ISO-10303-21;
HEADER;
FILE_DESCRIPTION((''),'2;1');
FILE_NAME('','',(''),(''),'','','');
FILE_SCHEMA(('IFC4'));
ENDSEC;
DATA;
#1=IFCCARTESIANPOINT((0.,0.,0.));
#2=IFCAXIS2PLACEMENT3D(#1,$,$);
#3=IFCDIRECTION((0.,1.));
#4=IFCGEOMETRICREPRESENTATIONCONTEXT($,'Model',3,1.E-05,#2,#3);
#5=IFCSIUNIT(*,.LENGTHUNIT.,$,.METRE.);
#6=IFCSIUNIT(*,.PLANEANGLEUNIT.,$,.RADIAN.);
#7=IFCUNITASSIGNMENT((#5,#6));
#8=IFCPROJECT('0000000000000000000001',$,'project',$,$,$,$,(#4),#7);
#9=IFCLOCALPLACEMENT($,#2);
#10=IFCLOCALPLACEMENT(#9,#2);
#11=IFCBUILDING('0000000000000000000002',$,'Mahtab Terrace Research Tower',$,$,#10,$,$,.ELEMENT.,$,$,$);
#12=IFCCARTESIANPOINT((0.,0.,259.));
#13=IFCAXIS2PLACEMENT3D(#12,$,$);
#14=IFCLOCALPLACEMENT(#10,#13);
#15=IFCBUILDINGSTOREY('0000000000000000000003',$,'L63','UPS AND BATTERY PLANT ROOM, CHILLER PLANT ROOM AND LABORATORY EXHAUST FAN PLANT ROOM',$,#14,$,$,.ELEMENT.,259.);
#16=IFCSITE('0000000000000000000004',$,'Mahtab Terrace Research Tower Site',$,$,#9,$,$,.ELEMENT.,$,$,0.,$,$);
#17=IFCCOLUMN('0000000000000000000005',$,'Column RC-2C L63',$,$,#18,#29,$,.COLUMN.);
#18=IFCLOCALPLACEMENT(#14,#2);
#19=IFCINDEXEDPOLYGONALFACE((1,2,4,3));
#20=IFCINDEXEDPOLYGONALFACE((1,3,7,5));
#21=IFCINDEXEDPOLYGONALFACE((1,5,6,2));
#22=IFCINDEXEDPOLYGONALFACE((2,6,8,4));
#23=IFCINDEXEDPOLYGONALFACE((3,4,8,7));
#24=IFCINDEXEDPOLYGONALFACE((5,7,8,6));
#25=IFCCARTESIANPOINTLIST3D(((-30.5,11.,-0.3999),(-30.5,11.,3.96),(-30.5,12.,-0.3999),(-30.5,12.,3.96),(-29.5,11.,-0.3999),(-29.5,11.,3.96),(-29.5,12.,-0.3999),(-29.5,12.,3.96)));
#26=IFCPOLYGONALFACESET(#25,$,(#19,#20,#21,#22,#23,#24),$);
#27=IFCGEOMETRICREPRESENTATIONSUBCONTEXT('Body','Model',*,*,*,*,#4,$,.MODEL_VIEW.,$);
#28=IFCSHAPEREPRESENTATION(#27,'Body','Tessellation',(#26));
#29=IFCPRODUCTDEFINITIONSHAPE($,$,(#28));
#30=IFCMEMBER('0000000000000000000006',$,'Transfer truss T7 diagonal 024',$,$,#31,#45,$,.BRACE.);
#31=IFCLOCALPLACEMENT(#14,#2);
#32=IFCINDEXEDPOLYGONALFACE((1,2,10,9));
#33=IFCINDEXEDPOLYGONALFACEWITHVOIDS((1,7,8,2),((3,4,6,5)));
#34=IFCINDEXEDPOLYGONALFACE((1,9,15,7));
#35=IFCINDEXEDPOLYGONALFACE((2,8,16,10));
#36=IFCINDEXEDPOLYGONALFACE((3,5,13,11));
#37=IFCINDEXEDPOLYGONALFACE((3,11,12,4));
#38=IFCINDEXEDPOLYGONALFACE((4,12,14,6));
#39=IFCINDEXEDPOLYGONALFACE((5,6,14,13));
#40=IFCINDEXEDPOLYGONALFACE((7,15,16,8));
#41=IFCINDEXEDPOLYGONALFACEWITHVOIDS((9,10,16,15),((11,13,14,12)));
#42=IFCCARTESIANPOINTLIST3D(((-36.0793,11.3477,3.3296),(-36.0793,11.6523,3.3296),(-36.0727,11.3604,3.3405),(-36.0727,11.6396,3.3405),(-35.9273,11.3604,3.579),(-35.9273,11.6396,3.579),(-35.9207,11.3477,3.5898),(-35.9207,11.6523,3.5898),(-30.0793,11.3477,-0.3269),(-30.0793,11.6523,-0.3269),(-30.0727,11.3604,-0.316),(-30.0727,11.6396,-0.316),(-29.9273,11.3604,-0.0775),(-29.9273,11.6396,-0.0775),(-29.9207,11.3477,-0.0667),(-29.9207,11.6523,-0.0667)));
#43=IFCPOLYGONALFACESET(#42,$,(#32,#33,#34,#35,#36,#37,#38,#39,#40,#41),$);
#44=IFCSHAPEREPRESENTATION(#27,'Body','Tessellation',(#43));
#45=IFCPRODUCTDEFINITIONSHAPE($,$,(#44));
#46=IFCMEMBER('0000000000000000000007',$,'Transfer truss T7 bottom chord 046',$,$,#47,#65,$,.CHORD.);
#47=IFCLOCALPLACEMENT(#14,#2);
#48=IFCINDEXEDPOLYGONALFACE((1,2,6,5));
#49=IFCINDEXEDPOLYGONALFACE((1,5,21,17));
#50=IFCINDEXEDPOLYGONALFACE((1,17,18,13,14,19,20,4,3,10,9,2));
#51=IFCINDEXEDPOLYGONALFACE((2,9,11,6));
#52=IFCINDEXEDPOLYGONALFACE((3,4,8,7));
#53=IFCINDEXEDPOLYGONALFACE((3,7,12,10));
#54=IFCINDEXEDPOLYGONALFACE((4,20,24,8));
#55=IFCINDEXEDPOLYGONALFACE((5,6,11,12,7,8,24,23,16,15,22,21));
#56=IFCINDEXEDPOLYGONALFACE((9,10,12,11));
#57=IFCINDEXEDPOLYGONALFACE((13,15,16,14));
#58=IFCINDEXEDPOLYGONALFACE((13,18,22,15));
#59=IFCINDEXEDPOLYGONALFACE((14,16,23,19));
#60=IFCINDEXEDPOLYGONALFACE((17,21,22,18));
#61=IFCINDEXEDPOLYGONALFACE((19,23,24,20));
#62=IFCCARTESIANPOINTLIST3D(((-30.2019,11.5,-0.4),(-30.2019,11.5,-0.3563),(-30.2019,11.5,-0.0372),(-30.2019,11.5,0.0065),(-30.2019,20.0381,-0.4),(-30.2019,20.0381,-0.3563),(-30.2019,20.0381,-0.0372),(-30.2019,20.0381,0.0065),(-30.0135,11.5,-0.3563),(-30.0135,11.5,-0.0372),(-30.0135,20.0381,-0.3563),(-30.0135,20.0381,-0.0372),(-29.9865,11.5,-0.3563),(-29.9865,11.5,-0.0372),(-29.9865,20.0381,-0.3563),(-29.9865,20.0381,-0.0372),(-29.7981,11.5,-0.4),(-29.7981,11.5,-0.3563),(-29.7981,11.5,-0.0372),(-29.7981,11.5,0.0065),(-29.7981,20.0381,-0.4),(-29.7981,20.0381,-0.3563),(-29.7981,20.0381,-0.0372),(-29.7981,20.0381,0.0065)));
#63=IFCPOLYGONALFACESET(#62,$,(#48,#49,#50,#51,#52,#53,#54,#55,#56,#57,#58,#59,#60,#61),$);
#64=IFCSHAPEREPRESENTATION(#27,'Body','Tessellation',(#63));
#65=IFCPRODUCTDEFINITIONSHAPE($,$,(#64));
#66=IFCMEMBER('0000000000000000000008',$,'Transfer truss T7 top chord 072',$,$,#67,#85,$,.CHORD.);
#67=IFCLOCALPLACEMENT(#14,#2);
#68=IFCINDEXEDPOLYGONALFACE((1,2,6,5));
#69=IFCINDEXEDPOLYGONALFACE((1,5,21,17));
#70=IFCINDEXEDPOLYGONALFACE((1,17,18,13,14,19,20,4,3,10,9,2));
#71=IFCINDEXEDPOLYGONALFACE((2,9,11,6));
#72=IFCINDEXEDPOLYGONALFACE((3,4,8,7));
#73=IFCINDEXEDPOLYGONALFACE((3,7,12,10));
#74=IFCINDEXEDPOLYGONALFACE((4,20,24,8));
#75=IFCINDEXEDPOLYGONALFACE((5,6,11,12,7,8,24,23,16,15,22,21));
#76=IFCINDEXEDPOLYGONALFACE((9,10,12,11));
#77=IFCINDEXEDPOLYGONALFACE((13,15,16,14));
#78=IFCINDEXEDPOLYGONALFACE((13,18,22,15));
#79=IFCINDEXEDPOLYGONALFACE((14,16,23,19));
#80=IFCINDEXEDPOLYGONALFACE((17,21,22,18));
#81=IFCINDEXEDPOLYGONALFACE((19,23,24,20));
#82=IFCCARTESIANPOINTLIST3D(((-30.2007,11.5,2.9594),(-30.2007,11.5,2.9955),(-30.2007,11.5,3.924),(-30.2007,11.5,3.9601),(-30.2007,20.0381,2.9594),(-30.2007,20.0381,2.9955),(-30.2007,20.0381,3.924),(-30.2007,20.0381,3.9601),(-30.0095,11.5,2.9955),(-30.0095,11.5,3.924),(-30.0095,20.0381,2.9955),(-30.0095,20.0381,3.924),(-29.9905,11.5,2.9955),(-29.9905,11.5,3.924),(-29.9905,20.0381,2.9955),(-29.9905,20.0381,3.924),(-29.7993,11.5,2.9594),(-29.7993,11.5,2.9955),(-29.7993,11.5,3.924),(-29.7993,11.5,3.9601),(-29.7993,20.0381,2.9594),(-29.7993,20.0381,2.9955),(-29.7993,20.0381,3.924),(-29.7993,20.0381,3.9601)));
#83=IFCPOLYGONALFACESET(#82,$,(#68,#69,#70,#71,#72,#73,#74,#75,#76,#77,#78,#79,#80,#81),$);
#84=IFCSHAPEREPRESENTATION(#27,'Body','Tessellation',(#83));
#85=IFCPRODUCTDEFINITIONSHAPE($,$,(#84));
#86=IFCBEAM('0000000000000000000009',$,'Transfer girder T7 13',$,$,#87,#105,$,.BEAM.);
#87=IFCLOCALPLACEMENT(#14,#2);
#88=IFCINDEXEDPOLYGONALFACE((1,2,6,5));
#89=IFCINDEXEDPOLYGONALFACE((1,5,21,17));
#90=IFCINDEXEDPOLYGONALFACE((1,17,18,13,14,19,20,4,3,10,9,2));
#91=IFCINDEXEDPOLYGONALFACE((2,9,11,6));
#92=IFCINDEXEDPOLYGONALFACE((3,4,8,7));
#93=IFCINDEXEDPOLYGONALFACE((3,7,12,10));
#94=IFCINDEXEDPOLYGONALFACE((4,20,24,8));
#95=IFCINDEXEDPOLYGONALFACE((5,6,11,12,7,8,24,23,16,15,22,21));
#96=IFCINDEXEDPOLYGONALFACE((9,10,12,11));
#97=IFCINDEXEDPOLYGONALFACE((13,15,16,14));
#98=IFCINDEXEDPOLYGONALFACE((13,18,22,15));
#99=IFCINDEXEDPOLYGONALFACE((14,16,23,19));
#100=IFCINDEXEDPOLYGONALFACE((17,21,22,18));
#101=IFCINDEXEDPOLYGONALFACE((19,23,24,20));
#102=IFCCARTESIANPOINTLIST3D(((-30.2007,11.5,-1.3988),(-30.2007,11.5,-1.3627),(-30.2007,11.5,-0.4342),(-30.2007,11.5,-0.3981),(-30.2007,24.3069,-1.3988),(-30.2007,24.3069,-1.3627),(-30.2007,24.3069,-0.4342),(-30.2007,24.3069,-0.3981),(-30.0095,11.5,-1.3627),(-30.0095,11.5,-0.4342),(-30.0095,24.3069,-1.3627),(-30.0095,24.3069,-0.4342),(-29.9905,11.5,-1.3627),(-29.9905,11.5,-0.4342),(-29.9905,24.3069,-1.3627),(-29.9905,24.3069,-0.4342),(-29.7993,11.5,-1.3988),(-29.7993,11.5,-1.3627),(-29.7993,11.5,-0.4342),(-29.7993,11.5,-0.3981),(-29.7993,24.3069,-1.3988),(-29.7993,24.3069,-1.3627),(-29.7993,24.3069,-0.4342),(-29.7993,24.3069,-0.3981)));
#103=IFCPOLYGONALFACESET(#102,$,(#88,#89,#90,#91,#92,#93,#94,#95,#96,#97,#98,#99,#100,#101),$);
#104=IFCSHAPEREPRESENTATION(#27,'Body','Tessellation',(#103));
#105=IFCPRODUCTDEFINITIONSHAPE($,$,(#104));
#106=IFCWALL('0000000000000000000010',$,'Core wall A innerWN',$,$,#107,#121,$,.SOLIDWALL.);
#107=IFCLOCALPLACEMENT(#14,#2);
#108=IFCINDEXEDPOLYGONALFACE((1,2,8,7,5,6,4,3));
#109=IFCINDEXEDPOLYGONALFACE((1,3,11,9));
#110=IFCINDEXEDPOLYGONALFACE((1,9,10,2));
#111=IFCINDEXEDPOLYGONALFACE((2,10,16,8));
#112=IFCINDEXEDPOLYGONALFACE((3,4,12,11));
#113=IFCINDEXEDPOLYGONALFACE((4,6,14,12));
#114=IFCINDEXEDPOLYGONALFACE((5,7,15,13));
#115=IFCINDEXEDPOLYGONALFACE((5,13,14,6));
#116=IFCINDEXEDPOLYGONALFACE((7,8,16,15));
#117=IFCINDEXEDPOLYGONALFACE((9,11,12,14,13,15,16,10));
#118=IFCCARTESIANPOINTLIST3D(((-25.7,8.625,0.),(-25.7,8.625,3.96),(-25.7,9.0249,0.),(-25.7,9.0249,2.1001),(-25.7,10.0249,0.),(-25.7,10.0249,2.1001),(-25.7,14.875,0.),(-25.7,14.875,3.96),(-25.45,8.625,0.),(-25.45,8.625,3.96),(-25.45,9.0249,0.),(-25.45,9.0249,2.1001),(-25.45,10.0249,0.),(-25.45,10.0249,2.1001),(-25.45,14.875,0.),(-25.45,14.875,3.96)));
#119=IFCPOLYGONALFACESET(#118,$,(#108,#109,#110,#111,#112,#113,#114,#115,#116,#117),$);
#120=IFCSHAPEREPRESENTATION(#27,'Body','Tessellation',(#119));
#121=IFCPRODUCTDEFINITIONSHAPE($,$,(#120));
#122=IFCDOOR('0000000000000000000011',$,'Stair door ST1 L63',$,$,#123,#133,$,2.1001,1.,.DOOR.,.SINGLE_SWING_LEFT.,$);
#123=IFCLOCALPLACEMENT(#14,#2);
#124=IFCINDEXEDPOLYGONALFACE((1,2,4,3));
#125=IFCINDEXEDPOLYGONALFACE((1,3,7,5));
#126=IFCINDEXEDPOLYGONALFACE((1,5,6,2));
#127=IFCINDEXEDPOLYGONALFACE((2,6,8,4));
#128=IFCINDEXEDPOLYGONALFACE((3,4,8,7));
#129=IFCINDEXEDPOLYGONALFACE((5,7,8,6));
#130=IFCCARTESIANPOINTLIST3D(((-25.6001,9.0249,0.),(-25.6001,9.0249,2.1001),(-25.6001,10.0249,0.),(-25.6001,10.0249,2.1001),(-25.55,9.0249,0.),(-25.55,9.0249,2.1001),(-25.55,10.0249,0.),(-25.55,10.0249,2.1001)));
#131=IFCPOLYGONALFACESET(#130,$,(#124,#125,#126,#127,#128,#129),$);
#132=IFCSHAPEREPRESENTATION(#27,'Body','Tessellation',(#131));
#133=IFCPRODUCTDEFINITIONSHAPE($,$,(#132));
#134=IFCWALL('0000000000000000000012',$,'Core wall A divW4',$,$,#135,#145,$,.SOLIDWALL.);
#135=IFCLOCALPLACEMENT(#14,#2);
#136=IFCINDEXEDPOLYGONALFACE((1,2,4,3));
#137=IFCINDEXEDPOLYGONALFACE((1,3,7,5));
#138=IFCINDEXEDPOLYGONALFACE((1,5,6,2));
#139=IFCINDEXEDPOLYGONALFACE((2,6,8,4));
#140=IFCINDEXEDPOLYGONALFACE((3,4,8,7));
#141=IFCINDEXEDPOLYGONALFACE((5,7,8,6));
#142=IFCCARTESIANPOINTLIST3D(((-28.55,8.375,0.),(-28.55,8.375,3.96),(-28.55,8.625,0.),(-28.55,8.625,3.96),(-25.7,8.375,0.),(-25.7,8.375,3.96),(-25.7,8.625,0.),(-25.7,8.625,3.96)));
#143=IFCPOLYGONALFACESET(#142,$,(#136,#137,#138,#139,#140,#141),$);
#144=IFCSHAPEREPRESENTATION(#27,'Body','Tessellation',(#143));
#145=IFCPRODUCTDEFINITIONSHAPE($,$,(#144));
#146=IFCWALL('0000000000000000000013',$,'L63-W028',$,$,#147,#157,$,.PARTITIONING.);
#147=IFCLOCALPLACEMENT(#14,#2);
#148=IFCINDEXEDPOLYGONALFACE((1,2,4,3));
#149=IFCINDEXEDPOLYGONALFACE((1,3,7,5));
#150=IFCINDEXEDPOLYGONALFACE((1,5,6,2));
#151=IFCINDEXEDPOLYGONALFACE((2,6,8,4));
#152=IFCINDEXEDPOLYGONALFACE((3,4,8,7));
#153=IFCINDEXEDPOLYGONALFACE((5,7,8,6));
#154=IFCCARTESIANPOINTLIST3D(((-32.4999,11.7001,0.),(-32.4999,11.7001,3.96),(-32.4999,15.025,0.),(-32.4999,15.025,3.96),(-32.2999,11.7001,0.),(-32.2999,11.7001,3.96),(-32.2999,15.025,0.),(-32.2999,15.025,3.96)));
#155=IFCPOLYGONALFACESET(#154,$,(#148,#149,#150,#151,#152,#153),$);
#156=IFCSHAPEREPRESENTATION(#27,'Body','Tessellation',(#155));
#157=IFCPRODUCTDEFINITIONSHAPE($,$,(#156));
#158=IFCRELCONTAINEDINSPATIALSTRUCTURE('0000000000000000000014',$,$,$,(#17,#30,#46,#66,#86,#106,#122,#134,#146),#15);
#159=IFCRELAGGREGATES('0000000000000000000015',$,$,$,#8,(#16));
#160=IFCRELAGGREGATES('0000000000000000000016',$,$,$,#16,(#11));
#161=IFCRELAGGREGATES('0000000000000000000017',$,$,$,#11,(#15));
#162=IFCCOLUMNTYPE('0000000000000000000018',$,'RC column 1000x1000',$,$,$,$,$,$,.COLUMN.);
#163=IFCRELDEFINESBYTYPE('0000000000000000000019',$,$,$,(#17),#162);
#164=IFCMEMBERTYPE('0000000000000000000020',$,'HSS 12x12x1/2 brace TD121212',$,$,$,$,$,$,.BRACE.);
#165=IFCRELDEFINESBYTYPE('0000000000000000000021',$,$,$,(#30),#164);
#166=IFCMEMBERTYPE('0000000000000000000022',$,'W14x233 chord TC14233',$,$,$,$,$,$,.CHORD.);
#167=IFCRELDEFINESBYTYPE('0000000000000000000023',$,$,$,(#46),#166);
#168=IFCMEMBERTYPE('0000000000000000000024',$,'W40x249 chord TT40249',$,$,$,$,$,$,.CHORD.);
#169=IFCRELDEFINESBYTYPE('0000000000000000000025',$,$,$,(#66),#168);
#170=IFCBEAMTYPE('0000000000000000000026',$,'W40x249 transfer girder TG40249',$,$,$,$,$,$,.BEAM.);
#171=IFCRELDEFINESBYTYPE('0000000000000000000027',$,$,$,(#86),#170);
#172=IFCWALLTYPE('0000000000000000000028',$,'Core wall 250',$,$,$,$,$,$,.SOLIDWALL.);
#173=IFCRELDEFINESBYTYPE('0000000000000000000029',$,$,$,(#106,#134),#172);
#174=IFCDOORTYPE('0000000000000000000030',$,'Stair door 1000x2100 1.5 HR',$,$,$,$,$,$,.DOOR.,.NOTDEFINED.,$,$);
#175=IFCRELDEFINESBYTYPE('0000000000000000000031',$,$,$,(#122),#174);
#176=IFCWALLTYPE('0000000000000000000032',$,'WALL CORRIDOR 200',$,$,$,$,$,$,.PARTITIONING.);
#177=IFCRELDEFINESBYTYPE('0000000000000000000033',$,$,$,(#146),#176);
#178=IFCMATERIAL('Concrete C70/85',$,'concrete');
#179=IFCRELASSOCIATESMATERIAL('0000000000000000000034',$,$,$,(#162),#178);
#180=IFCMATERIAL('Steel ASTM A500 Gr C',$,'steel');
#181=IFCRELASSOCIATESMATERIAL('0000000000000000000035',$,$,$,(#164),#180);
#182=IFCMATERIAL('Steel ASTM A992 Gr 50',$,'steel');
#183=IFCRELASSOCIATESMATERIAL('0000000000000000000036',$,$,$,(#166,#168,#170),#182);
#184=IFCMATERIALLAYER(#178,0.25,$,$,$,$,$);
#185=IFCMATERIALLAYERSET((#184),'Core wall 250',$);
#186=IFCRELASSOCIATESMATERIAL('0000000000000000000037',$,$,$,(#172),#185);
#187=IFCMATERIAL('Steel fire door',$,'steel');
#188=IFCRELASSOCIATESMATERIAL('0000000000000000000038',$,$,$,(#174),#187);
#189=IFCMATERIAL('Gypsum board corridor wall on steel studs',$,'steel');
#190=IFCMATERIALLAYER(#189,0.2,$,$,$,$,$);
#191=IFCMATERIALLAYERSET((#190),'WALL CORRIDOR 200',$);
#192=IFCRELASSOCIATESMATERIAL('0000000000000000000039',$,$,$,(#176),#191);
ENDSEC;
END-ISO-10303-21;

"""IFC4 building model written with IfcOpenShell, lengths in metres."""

from ifc_helpers import new_model, si_unit, direction, frame, frame_2d, origin, origin_2d, place, context, subcontext, project, spatial, rectangle, hollow_rectangle, i_section, extrude, material, layer, layer_set, material_profile, profile_set, type_object, element, fill, save


model = new_model("IFC4")

# Units and contexts
model_context = context("Model", 3, precision=1e-05, world=origin(), true_north=direction((0.0, 1.0)))
body_context = subcontext(model_context, "Body", "Model", "MODEL_VIEW")
ifc_project = project(units=[si_unit("LENGTHUNIT", "METRE"), si_unit("PLANEANGLEUNIT", "RADIAN")], contexts=[model_context])

# Site, building, storey
site_placement = place(None, origin())
site = spatial("IfcSite", under=ifc_project, at=site_placement, Name="Mahtab Terrace Research Tower Site", CompositionType="ELEMENT", RefElevation=0.0)
building_placement = place(site_placement, origin())
building = spatial("IfcBuilding", under=site, at=building_placement, Name="Mahtab Terrace Research Tower", CompositionType="ELEMENT")
storey_placement = place(building_placement, frame((0.0, 0.0, 259.0)))
storey = spatial("IfcBuildingStorey", under=building, at=storey_placement, Name="L63", Description="UPS AND BATTERY PLANT ROOM, CHILLER PLANT ROOM AND LABORATORY EXHAUST FAN PLANT ROOM", CompositionType="ELEMENT", Elevation=259.0)

# Column
ifc_material_1 = material(Name="Concrete C70/85", Category="concrete")
ifc_material_profile_1 = material_profile(ifc_material_1, rectangle(XDim=1.0, YDim=1.0, at=origin_2d()), Name="RC column 1000x1000")
ifc_profile_set_1 = profile_set([ifc_material_profile_1], Name="Concrete C70/85")
column_type = type_object("IfcColumnType", Name="RC column 1000x1000", PredefinedType="COLUMN", material=ifc_profile_set_1)
column_placement = place(storey_placement, frame((-30.0, 11.5, -0.3999), z_axis=(0.0, 0.0, 1.0), x_axis=(1.0, 0.0, 0.0)))
element("IfcColumn", 1, at=column_placement, inside=storey, type_object=column_type, Name="Column RC-2C L63", PredefinedType="COLUMN", context=body_context, shape_type="SweptSolid", body=[
    extrude(rectangle(XDim=1.0, YDim=1.0, at=origin_2d()), origin(), (0.0, 0.0, 1.0), 4.3599),
])

# Members
ifc_material_2 = material(Name="Steel ASTM A500 Gr C", Category="steel")
ifc_material_profile_2 = material_profile(ifc_material_2, hollow_rectangle(XDim=0.3047, YDim=0.3047, WallThickness=0.0127, at=origin_2d()), Name="HSS12X12X1/2")
ifc_profile_set_2 = profile_set([ifc_material_profile_2], Name="Steel ASTM A500 Gr C")
member_type_1 = type_object("IfcMemberType", Name="HSS 12x12x1/2 brace TD121212", PredefinedType="BRACE", material=ifc_profile_set_2)
member_1_placement = place(storey_placement, frame((-30.0, 11.5, -0.1968), z_axis=(-0.853925, 0.0, 0.520396), x_axis=(0.0, -1.0, 0.0)))
element("IfcMember", 2, at=member_1_placement, inside=storey, type_object=member_type_1, Name="Transfer truss T7 diagonal 024", PredefinedType="BRACE", context=body_context, shape_type="SweptSolid", body=[
    extrude(hollow_rectangle(XDim=0.3047, YDim=0.3047, WallThickness=0.0127, at=origin_2d()), origin(), (0.0, 0.0, 1.0), 7.0264),
])
ifc_material_3 = material(Name="Steel ASTM A992 Gr 50", Category="steel")
ifc_material_profile_3 = material_profile(ifc_material_3, i_section(OverallWidth=0.4038, OverallDepth=0.4065, WebThickness=0.0271, FlangeThickness=0.0437, at=origin_2d()), Name="W14X233")
ifc_profile_set_3 = profile_set([ifc_material_profile_3], Name="Steel ASTM A992 Gr 50")
member_type_2 = type_object("IfcMemberType", Name="W14x233 chord TC14233", PredefinedType="CHORD", material=ifc_profile_set_3)
member_2_placement = place(storey_placement, frame((-30.0, 11.5, -0.1968), z_axis=(0.0, 1.0, 0.0), x_axis=(-1.0, 0.0, 0.0)))
element("IfcMember", 3, at=member_2_placement, inside=storey, type_object=member_type_2, Name="Transfer truss T7 bottom chord 046", PredefinedType="CHORD", context=body_context, shape_type="SweptSolid", body=[
    extrude(i_section(OverallWidth=0.4038, OverallDepth=0.4065, WebThickness=0.0271, FlangeThickness=0.0437, at=origin_2d()), origin(), (0.0, 0.0, 1.0), 8.5381),
])
ifc_material_profile_4 = material_profile(ifc_material_3, i_section(OverallWidth=0.4014, OverallDepth=1.0007, WebThickness=0.019, FlangeThickness=0.0361, at=origin_2d()), Name="W40X249")
ifc_profile_set_4 = profile_set([ifc_material_profile_4], Name="Steel ASTM A992 Gr 50")
member_type_3 = type_object("IfcMemberType", Name="W40x249 chord TT40249", PredefinedType="CHORD", material=ifc_profile_set_4)
member_3_placement = place(storey_placement, frame((-30.0, 11.5, 3.4597), z_axis=(0.0, 1.0, 0.0), x_axis=(-1.0, 0.0, 0.0)))
element("IfcMember", 4, at=member_3_placement, inside=storey, type_object=member_type_3, Name="Transfer truss T7 top chord 072", PredefinedType="CHORD", context=body_context, shape_type="SweptSolid", body=[
    extrude(i_section(OverallWidth=0.4014, OverallDepth=1.0007, WebThickness=0.019, FlangeThickness=0.0361, at=origin_2d()), origin(), (0.0, 0.0, 1.0), 8.5381),
])

# Beam
ifc_material_profile_5 = material_profile(ifc_material_3, i_section(OverallWidth=0.4014, OverallDepth=1.0007, WebThickness=0.019, FlangeThickness=0.0361, at=origin_2d()), Name="W40X249")
ifc_profile_set_5 = profile_set([ifc_material_profile_5], Name="Steel ASTM A992 Gr 50")
beam_type = type_object("IfcBeamType", Name="W40x249 transfer girder TG40249", PredefinedType="BEAM", material=ifc_profile_set_5)
beam_placement = place(storey_placement, frame((-30.0, 11.5, -0.8984), z_axis=(0.0, 1.0, 0.0), x_axis=(-1.0, 0.0, 0.0)))
element("IfcBeam", 5, at=beam_placement, inside=storey, type_object=beam_type, Name="Transfer girder T7 13", PredefinedType="BEAM", context=body_context, shape_type="SweptSolid", body=[
    extrude(i_section(OverallWidth=0.4014, OverallDepth=1.0007, WebThickness=0.019, FlangeThickness=0.0361, at=origin_2d()), origin(), (0.0, 0.0, 1.0), 12.8069),
])

# Wall, opening, door
ifc_layer_1 = layer(ifc_material_1, 0.25)
ifc_layer_set_1 = layer_set([ifc_layer_1], Name="Core wall 250")
wall_type_1 = type_object("IfcWallType", Name="Core wall 250", PredefinedType="SOLIDWALL", material=ifc_layer_set_1)
wall_1_placement = place(storey_placement, frame((-25.575, 14.875, 0.0), z_axis=(0.0, 0.0, 1.0), x_axis=(0.0, -1.0, 0.0)))
wall_1 = element("IfcWall", 6, at=wall_1_placement, inside=storey, type_object=wall_type_1, Name="Core wall A innerWN", PredefinedType="SOLIDWALL", context=body_context, shape_type="SweptSolid", body=[
    extrude(rectangle(XDim=6.25, YDim=0.25, at=frame_2d((3.125, 0.0))), origin(), (0.0, 0.0, 1.0), 3.96),
])
opening_placement = place(wall_1_placement, frame((4.8501, 0.0, 0.0)))
opening = element("IfcOpeningElement", 7, at=opening_placement, cuts=wall_1, PredefinedType="OPENING", context=body_context, shape_type="SweptSolid", body=[
    extrude(rectangle(XDim=1.0, YDim=2.1001, at=frame_2d((0.5, 1.05))), frame((0.0, 0.135, 0.0), z_axis=(0.0, -1.0, 0.0), x_axis=(1.0, 0.0, 0.0)), (0.0, 0.0, 1.0), 0.27),
])
ifc_material_4 = material(Name="Steel fire door", Category="steel")
door_type = type_object("IfcDoorType", Name="Stair door 1000x2100 1.5 HR", OperationType="NOTDEFINED", PredefinedType="DOOR", material=ifc_material_4)
door_placement = place(opening_placement, origin())
door = element("IfcDoor", 8, at=door_placement, inside=storey, type_object=door_type, Name="Stair door ST1 L63", OperationType="SINGLE_SWING_LEFT", OverallHeight=2.1001, OverallWidth=1.0, PredefinedType="DOOR", context=body_context, shape_type="SweptSolid", body=[
    extrude(rectangle(XDim=1.0, YDim=2.1001, at=frame_2d((0.5, 1.05))), frame((0.0, 0.0249, 0.0), z_axis=(0.0, -1.0, 0.0), x_axis=(1.0, 0.0, 0.0)), (0.0, 0.0, 1.0), 0.05),
])
fill(opening, door)

# Walls
wall_2_placement = place(storey_placement, frame((-28.55, 8.5, 0.0), z_axis=(0.0, 0.0, 1.0), x_axis=(1.0, 0.0, 0.0)))
element("IfcWall", 9, at=wall_2_placement, inside=storey, type_object=wall_type_1, Name="Core wall A divW4", PredefinedType="SOLIDWALL", context=body_context, shape_type="SweptSolid", body=[
    extrude(rectangle(XDim=2.8501, YDim=0.25, at=frame_2d((1.425, 0.0))), origin(), (0.0, 0.0, 1.0), 3.96),
])
ifc_material_5 = material(Name="Gypsum board corridor wall on steel studs", Category="steel")
ifc_layer_2 = layer(ifc_material_5, 0.2)
ifc_layer_set_2 = layer_set([ifc_layer_2], Name="WALL CORRIDOR 200")
wall_type_2 = type_object("IfcWallType", Name="WALL CORRIDOR 200", PredefinedType="PARTITIONING", material=ifc_layer_set_2)
wall_3_placement = place(storey_placement, frame((-32.3999, 11.7, 0.0), z_axis=(0.0, 0.0, 1.0), x_axis=(0.0, 1.0, 0.0)))
element("IfcWall", 10, at=wall_3_placement, inside=storey, type_object=wall_type_2, Name="L63-W028", PredefinedType="PARTITIONING", context=body_context, shape_type="SweptSolid", body=[
    extrude(rectangle(XDim=3.325, YDim=0.2, at=frame_2d((1.6626, 0.0))), origin(), (0.0, 0.0, 1.0), 3.96),
])

save(model, "model.ifc")
